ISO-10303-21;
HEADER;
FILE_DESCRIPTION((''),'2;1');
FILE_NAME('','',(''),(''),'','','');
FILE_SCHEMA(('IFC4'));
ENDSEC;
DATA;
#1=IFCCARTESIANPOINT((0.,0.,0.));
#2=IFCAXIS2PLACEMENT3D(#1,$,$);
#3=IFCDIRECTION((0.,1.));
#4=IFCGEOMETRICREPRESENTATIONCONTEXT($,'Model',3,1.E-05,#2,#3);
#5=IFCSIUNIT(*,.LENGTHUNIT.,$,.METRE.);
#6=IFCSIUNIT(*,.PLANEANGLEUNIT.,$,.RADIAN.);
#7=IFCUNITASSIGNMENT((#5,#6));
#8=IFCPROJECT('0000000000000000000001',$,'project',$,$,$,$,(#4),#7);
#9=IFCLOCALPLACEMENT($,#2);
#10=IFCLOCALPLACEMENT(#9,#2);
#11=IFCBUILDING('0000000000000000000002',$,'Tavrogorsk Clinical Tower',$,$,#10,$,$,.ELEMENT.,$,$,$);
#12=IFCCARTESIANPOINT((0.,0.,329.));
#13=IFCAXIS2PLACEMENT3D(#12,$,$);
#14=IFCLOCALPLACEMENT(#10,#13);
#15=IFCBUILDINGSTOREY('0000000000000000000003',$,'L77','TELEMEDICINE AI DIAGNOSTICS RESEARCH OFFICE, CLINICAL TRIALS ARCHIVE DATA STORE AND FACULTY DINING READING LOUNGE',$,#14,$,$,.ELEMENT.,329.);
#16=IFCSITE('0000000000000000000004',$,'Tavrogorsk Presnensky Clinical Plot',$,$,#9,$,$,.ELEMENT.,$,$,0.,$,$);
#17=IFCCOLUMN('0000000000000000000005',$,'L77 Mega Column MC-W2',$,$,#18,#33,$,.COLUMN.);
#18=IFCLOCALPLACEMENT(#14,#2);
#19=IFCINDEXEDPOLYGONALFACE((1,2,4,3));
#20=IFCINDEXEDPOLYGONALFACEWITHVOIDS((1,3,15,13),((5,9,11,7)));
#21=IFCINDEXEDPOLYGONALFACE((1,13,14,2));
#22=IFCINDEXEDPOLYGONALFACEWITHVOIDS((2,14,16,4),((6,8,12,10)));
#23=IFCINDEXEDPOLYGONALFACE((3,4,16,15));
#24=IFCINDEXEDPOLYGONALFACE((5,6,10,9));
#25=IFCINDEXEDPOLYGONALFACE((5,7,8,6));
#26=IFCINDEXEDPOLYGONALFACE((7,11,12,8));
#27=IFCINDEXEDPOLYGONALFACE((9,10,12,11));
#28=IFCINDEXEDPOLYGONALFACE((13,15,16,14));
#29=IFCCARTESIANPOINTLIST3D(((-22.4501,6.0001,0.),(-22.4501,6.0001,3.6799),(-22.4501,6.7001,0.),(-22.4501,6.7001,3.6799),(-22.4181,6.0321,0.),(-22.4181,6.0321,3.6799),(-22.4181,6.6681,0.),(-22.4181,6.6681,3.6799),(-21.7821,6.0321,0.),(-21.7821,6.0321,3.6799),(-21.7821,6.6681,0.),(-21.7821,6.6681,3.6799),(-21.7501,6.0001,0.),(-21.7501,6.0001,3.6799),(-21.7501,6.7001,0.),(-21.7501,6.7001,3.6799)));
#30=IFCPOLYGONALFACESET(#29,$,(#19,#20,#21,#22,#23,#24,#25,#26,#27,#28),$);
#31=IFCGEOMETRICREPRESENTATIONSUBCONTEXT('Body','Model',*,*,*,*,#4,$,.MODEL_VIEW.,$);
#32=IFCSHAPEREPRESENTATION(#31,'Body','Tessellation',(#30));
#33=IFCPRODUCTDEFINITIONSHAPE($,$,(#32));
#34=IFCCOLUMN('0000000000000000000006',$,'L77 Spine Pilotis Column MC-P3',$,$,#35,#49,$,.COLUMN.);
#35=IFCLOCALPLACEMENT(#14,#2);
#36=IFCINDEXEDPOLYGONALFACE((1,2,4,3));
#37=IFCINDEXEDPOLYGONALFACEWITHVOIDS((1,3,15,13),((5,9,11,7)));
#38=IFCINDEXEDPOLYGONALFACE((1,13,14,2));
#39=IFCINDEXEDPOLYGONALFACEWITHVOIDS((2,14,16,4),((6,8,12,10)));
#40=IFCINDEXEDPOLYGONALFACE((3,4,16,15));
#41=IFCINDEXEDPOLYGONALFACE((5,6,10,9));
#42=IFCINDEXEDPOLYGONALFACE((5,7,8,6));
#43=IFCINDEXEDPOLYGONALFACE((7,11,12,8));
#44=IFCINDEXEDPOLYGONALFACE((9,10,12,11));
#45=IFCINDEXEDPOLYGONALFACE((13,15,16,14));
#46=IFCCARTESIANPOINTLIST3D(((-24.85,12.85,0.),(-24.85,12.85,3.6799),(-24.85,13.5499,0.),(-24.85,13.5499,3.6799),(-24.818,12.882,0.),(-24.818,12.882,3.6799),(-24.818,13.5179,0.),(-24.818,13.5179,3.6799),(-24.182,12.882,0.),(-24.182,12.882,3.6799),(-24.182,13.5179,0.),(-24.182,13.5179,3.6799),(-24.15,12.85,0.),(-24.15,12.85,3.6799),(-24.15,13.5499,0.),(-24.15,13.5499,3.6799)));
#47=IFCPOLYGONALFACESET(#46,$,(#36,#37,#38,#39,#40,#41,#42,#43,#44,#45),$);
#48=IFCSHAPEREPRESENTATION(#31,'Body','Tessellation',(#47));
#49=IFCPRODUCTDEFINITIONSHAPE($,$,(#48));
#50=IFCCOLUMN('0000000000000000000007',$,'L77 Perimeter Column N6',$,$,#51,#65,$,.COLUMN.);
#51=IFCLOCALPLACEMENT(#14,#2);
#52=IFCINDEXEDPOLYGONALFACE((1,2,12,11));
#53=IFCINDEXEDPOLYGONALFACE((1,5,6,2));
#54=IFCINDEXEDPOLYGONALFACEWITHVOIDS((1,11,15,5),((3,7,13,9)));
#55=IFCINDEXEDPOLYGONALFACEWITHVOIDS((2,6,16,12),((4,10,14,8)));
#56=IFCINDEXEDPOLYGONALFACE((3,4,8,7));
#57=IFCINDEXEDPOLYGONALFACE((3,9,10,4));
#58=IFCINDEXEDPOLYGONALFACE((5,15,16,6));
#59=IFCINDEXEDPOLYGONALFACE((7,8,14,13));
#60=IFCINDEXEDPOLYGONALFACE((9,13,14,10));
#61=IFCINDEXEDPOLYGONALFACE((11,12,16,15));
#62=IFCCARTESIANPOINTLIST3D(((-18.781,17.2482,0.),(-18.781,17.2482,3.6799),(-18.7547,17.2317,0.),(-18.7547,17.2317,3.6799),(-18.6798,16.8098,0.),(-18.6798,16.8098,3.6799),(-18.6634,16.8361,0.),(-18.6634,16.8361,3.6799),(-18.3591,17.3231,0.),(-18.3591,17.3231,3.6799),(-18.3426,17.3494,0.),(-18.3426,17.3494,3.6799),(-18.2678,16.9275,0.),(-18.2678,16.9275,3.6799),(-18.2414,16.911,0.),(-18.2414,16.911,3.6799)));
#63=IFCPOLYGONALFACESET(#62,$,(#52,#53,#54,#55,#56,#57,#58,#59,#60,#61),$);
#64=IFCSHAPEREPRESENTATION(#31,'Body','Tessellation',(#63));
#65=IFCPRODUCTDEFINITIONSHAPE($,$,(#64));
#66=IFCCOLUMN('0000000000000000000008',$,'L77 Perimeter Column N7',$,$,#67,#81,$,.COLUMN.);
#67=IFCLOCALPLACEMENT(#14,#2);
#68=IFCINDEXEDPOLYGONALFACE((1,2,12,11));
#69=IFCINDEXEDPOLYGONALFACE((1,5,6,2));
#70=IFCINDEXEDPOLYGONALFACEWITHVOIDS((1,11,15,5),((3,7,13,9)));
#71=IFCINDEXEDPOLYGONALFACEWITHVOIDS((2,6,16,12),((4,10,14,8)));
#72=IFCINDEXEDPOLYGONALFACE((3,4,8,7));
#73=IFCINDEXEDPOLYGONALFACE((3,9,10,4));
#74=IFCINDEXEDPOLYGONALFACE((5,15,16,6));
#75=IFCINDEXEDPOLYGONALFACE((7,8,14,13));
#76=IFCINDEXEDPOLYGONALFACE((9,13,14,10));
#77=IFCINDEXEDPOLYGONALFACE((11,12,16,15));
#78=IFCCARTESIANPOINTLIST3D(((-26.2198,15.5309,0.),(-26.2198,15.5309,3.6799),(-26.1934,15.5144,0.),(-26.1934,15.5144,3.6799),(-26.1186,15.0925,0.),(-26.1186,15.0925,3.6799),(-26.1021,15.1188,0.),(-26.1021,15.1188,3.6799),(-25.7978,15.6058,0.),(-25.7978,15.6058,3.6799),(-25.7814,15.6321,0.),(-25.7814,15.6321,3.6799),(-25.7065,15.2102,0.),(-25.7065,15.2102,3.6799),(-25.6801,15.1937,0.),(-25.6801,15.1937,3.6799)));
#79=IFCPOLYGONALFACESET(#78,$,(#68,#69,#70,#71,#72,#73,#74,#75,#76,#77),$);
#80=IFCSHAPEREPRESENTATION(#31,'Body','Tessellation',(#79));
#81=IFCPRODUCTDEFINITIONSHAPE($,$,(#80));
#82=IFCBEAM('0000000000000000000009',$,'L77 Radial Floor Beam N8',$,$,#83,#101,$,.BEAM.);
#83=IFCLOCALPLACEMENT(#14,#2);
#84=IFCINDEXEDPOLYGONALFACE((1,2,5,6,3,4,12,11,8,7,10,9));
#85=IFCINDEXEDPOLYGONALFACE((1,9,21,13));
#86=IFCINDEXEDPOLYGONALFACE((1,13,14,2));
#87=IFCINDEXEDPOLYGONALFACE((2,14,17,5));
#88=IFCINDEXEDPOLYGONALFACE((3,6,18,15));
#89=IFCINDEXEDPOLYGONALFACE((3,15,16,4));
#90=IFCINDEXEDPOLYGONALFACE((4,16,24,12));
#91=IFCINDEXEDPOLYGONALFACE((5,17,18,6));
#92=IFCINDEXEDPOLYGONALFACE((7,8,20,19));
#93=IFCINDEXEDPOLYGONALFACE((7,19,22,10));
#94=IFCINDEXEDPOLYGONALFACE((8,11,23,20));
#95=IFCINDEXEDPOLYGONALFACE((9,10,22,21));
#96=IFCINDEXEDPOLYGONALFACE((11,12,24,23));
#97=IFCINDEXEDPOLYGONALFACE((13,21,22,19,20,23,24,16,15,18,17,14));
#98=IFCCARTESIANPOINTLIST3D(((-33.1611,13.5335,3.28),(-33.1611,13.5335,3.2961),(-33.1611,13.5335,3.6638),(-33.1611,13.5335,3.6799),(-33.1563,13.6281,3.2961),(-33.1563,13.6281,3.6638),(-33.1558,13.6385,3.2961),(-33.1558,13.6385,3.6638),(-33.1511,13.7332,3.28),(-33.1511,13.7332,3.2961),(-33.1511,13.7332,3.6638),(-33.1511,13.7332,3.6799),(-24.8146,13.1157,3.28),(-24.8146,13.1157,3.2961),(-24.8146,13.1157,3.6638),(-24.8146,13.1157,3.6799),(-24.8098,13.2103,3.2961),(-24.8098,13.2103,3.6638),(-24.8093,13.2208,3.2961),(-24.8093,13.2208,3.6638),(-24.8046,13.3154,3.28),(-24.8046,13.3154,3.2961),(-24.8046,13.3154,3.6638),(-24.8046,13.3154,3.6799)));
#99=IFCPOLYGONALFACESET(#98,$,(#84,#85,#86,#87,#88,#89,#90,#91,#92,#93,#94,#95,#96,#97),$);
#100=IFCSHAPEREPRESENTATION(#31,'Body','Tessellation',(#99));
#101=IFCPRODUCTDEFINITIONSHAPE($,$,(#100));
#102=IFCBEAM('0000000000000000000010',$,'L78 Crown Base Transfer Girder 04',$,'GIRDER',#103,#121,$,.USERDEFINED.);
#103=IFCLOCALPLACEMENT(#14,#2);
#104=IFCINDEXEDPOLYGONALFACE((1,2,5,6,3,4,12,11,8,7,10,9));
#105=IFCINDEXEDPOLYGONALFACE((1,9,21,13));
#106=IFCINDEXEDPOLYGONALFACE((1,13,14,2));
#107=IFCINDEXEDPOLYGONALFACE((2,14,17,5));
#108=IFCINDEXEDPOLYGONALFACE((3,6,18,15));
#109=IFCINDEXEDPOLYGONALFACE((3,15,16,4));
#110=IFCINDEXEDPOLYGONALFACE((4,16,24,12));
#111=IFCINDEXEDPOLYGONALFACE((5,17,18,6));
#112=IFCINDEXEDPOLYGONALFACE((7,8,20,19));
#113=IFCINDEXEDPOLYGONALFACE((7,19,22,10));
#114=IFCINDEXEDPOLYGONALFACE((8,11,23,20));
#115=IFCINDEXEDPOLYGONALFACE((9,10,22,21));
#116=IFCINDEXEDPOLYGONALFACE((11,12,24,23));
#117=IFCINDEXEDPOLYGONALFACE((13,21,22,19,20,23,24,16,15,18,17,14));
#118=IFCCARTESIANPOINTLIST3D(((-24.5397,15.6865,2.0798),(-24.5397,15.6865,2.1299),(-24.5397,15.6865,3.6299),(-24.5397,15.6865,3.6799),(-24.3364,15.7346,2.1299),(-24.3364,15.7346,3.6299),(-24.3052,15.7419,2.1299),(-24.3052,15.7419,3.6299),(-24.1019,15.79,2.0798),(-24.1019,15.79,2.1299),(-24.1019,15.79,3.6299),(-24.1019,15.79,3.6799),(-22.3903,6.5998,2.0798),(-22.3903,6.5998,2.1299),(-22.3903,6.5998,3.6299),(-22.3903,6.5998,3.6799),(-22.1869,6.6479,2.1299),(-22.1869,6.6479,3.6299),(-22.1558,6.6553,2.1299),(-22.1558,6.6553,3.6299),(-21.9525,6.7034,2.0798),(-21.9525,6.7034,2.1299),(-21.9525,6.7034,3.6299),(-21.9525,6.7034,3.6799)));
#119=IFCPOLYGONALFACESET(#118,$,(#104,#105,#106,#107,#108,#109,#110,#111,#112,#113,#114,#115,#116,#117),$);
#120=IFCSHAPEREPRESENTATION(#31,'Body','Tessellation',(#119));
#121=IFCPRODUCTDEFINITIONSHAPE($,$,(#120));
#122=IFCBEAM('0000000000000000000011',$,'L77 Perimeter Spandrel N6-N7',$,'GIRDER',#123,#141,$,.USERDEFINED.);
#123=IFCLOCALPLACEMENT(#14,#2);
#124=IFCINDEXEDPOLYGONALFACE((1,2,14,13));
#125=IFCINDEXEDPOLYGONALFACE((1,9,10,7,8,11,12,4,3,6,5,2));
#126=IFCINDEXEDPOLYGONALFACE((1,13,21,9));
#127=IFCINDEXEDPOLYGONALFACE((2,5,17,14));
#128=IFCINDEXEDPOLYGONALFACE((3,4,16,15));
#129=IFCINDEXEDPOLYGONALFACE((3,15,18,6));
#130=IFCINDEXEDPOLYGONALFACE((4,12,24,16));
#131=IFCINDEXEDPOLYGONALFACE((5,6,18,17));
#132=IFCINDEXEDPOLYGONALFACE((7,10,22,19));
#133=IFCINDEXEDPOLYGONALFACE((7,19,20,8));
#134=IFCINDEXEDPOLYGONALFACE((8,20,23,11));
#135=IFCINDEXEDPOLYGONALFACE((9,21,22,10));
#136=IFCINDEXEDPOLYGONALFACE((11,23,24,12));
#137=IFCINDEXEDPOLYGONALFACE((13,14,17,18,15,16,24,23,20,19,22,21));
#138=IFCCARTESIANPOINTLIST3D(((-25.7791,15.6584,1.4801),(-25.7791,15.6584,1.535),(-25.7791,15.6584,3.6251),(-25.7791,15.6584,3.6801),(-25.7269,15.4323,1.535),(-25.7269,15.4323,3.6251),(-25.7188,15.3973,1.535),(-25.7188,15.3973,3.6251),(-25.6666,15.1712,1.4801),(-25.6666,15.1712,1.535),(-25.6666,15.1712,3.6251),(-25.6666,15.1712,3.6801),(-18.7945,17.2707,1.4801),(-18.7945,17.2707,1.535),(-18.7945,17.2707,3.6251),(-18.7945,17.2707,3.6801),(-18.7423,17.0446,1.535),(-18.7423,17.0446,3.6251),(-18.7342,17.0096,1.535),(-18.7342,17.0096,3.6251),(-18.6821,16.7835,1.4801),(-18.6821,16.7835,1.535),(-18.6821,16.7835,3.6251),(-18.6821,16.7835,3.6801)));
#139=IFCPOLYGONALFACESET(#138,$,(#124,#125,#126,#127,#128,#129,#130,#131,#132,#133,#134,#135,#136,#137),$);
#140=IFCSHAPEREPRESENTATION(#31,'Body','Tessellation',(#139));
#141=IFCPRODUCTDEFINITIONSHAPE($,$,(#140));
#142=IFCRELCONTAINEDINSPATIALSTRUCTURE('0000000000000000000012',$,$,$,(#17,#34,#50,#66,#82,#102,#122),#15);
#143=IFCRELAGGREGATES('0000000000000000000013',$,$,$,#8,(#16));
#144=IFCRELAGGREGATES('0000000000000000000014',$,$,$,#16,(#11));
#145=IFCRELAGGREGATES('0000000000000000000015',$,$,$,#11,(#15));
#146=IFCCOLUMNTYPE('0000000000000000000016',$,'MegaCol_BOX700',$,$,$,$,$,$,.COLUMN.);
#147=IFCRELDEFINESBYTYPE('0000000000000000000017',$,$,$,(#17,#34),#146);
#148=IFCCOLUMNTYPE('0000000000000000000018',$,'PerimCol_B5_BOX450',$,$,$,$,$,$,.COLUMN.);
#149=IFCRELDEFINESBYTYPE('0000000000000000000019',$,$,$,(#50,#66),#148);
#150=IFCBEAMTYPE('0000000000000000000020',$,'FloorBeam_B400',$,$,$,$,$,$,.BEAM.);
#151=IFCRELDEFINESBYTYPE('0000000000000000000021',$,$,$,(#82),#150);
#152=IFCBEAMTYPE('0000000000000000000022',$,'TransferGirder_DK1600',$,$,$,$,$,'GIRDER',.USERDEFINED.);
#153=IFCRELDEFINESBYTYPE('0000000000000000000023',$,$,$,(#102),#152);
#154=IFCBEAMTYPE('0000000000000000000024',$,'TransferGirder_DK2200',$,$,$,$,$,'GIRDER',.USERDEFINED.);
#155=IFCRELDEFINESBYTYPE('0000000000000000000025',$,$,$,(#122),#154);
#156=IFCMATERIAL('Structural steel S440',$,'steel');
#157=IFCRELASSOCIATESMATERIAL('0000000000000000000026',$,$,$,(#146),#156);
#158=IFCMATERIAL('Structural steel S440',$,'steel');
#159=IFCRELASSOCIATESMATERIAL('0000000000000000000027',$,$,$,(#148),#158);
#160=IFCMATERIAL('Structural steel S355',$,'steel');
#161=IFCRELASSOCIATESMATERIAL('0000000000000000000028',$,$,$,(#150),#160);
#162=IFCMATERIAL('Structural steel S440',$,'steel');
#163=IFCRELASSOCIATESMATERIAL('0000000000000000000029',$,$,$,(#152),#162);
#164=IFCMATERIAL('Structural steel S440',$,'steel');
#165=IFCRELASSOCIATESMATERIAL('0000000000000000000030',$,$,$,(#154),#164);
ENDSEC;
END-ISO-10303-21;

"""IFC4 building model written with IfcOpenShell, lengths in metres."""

from ifc_helpers import new_model, si_unit, direction, frame, origin, origin_2d, place, context, subcontext, project, spatial, hollow_rectangle, i_section, extrude, material, material_profile, profile_set, type_object, element, save


model = new_model("IFC4")

# Units and contexts
model_context = context("Model", 3, precision=1e-05, world=origin(), true_north=direction((0.0, 1.0)))
body_context = subcontext(model_context, "Body", "Model", "MODEL_VIEW")
ifc_project = project(units=[si_unit("LENGTHUNIT", "METRE"), si_unit("PLANEANGLEUNIT", "RADIAN")], contexts=[model_context])

# Site, building, storey
site_placement = place(None, origin())
site = spatial("IfcSite", under=ifc_project, at=site_placement, Name="Tavrogorsk Presnensky Clinical Plot", CompositionType="ELEMENT", RefElevation=0.0)
building_placement = place(site_placement, origin())
building = spatial("IfcBuilding", under=site, at=building_placement, Name="Tavrogorsk Clinical Tower", CompositionType="ELEMENT")
storey_placement = place(building_placement, frame((0.0, 0.0, 329.0)))
storey = spatial("IfcBuildingStorey", under=building, at=storey_placement, Name="L77", Description="TELEMEDICINE AI DIAGNOSTICS RESEARCH OFFICE, CLINICAL TRIALS ARCHIVE DATA STORE AND FACULTY DINING READING LOUNGE", CompositionType="ELEMENT", Elevation=329.0)

# Columns
ifc_material_1 = material(Name="Structural steel S440", Category="steel")
ifc_material_profile_1 = material_profile(ifc_material_1, hollow_rectangle(XDim=0.7, YDim=0.7, WallThickness=0.032, at=origin_2d()), Name="BOX-700x700x32")
ifc_profile_set_1 = profile_set([ifc_material_profile_1], Name="Structural steel S440")
column_type_1 = type_object("IfcColumnType", Name="MegaCol_BOX700", PredefinedType="COLUMN", material=ifc_profile_set_1)
for number, where, z_axis, x_axis, name in (
    (1, (-22.1001, 6.3501, 0.0), (0.0, 0.0, 1.0), (1.0, 0.0, 0.0), "L77 Mega Column MC-W2"),
    (2, (-24.5, 13.2, 0.0), (0.0, 0.0, 1.0), (1.0, 0.0, 0.0), "L77 Spine Pilotis Column MC-P3"),
):
    element("IfcColumn", number, at=place(storey_placement, frame(where, z_axis=z_axis, x_axis=x_axis)), inside=storey, type_object=column_type_1, Name=name, PredefinedType="COLUMN", context=body_context, shape_type="SweptSolid", body=[
        extrude(hollow_rectangle(XDim=0.7, YDim=0.7, WallThickness=0.032, at=origin_2d()), origin(), (0.0, 0.0, 1.0), 3.6799),
    ])
ifc_material_2 = material(Name="Structural steel S440", Category="steel")
ifc_material_profile_2 = material_profile(ifc_material_2, hollow_rectangle(XDim=0.45, YDim=0.45, WallThickness=0.022, at=origin_2d()), Name="BOX-450x450x22")
ifc_profile_set_2 = profile_set([ifc_material_profile_2], Name="Structural steel S440")
column_type_2 = type_object("IfcColumnType", Name="PerimCol_B5_BOX450", PredefinedType="COLUMN", material=ifc_profile_set_2)
for number, where, z_axis, x_axis, name in (
    (3, (-18.5112, 17.0796, 0.0), (0.0, 0.0, 1.0), (0.97437, 0.224951, 0.0), "L77 Perimeter Column N6"),
    (4, (-25.95, 15.3623, 0.0), (0.0, 0.0, 1.0), (0.97437, 0.224951, 0.0), "L77 Perimeter Column N7"),
):
    element("IfcColumn", number, at=place(storey_placement, frame(where, z_axis=z_axis, x_axis=x_axis)), inside=storey, type_object=column_type_2, Name=name, PredefinedType="COLUMN", context=body_context, shape_type="SweptSolid", body=[
        extrude(hollow_rectangle(XDim=0.45, YDim=0.45, WallThickness=0.022, at=origin_2d()), origin(), (0.0, 0.0, 1.0), 3.6799),
    ])

# Beams
ifc_material_3 = material(Name="Structural steel S355", Category="steel")
ifc_material_profile_3 = material_profile(ifc_material_3, i_section(OverallWidth=0.2, OverallDepth=0.3999, WebThickness=0.0105, FlangeThickness=0.0161, at=origin_2d()), Name="B-400x200x10.5x16")
ifc_profile_set_3 = profile_set([ifc_material_profile_3], Name="Structural steel S355")
beam_type_1 = type_object("IfcBeamType", Name="FloorBeam_B400", PredefinedType="BEAM", material=ifc_profile_set_3)
beam_1_placement = place(storey_placement, frame((-24.8096, 13.2156, 3.48), z_axis=(-0.99875, 0.049986, 0.0), x_axis=(-0.049986, -0.99875, 0.0)))
element("IfcBeam", 5, at=beam_1_placement, inside=storey, type_object=beam_type_1, Name="L77 Radial Floor Beam N8", PredefinedType="BEAM", context=body_context, shape_type="SweptSolid", body=[
    extrude(i_section(OverallWidth=0.2, OverallDepth=0.3999, WebThickness=0.0105, FlangeThickness=0.0161, at=origin_2d()), origin(), (0.0, 0.0, 1.0), 8.3569),
])
ifc_material_4 = material(Name="Structural steel S440", Category="steel")
ifc_material_profile_4 = material_profile(ifc_material_4, i_section(OverallWidth=0.45, OverallDepth=1.6001, WebThickness=0.032, FlangeThickness=0.05, at=origin_2d()), Name="DK-1600x450x32x50")
ifc_profile_set_4 = profile_set([ifc_material_profile_4], Name="Structural steel S440")
beam_type_2 = type_object("IfcBeamType", Name="TransferGirder_DK1600", ElementType="GIRDER", PredefinedType="USERDEFINED", material=ifc_profile_set_4)
beam_2_placement = place(storey_placement, frame((-22.1714, 6.6516, 2.8799), z_axis=(-0.230193, 0.973145, 0.0), x_axis=(-0.973145, -0.230193, 0.0)))
element("IfcBeam", 6, at=beam_2_placement, inside=storey, type_object=beam_type_2, Name="L78 Crown Base Transfer Girder 04", ObjectType="GIRDER", PredefinedType="USERDEFINED", context=body_context, shape_type="SweptSolid", body=[
    extrude(i_section(OverallWidth=0.45, OverallDepth=1.6001, WebThickness=0.032, FlangeThickness=0.05, at=origin_2d()), origin(), (0.0, 0.0, 1.0), 9.3374),
])
ifc_material_5 = material(Name="Structural steel S440", Category="steel")
ifc_material_profile_5 = material_profile(ifc_material_5, i_section(OverallWidth=0.5, OverallDepth=2.2, WebThickness=0.0359, FlangeThickness=0.0549, at=origin_2d()), Name="DK-2200x500x36x55")
ifc_profile_set_5 = profile_set([ifc_material_profile_5], Name="Structural steel S440")
beam_type_3 = type_object("IfcBeamType", Name="TransferGirder_DK2200", ElementType="GIRDER", PredefinedType="USERDEFINED", material=ifc_profile_set_5)
beam_3_placement = place(storey_placement, frame((-18.7383, 17.0271, 2.5801), z_axis=(-0.974377, -0.224922, 0.0), x_axis=(0.224922, -0.974377, 0.0)))
element("IfcBeam", 7, at=beam_3_placement, inside=storey, type_object=beam_type_3, Name="L77 Perimeter Spandrel N6-N7", ObjectType="GIRDER", PredefinedType="USERDEFINED", context=body_context, shape_type="SweptSolid", body=[
    extrude(i_section(OverallWidth=0.5, OverallDepth=2.2, WebThickness=0.0359, FlangeThickness=0.0549, at=origin_2d()), origin(), (0.0, 0.0, 1.0), 7.1682),
])

save(model, "model.ifc")
